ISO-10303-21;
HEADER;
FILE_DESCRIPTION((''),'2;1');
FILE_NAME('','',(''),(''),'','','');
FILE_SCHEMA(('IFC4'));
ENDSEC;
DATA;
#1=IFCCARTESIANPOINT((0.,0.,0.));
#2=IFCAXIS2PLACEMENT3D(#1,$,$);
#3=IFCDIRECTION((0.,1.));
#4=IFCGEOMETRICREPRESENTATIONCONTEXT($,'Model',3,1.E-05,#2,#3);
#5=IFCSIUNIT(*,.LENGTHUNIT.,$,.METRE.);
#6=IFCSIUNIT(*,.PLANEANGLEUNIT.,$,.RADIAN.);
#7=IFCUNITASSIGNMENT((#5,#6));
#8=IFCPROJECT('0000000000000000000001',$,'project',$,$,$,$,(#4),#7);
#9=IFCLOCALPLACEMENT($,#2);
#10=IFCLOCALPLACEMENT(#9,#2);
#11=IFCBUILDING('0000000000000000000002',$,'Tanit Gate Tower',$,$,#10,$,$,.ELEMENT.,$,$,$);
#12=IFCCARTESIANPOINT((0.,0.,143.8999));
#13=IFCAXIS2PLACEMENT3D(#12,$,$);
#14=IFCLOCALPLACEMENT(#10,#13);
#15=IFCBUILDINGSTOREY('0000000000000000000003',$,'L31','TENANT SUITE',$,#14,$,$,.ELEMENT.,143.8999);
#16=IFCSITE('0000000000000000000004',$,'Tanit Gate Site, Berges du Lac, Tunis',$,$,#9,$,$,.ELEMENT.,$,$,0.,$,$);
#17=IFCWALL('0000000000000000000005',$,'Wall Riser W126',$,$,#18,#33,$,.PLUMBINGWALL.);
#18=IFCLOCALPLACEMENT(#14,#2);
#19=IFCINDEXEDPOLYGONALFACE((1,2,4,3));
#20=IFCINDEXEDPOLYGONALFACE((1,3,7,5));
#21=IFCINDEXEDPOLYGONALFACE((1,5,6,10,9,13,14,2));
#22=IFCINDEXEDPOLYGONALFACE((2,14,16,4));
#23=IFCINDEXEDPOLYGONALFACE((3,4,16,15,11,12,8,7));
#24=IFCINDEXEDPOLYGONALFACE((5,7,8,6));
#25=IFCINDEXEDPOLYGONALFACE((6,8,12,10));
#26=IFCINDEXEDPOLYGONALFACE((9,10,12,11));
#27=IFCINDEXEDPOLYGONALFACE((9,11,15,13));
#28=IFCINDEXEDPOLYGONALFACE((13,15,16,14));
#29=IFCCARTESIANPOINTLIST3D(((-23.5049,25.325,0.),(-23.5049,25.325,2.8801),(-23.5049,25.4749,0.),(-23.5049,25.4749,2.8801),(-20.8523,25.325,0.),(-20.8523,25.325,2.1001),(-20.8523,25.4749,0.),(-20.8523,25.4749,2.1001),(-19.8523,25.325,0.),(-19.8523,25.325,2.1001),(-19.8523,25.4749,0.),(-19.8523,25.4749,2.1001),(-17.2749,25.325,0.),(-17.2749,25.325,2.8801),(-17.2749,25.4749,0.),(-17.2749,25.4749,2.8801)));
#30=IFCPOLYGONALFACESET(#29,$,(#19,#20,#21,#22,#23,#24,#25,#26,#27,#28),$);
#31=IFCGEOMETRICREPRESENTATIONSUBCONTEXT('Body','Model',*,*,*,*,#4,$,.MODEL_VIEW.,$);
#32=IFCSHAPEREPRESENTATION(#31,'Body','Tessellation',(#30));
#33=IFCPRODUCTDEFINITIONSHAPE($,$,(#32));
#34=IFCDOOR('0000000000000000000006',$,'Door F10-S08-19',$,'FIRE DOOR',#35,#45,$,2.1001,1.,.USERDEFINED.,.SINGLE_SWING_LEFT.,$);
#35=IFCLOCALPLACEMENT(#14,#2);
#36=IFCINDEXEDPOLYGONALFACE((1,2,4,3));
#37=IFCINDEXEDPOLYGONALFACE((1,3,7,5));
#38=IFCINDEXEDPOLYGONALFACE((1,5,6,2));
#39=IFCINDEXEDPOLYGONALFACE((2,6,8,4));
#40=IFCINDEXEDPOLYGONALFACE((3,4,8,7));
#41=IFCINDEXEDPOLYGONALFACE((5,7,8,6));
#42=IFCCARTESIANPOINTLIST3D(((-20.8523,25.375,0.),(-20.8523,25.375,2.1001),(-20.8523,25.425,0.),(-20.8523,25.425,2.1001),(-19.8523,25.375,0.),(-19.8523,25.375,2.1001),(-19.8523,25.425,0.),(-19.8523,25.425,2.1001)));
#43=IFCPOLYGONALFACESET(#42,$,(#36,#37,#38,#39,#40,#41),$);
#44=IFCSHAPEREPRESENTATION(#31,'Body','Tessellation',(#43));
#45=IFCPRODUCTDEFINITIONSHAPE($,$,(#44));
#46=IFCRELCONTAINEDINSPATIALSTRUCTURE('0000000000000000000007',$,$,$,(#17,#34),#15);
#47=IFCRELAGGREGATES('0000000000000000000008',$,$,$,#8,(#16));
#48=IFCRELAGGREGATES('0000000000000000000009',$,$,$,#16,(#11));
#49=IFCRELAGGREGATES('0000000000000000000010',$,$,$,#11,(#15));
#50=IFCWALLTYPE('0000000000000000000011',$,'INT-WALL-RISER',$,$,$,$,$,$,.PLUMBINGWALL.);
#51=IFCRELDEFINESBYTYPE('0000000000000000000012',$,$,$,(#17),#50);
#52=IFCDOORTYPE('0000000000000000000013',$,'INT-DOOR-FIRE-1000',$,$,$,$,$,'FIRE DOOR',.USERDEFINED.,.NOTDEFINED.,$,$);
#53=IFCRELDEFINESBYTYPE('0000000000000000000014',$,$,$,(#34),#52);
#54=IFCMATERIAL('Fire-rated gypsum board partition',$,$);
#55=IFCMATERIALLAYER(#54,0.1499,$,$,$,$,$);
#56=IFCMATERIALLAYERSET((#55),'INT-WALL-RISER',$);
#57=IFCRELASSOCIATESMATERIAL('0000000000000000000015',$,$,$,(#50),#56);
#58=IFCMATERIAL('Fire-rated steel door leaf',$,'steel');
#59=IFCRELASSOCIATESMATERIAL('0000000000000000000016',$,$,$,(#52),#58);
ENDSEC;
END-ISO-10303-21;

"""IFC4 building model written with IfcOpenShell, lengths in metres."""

from ifc_helpers import new_model, si_unit, direction, frame, frame_2d, origin, place, context, subcontext, project, spatial, rectangle, extrude, material, layer, layer_set, type_object, element, fill, save


model = new_model("IFC4")

# Units and contexts
model_context = context("Model", 3, precision=1e-05, world=origin(), true_north=direction((0.0, 1.0)))
body_context = subcontext(model_context, "Body", "Model", "MODEL_VIEW")
ifc_project = project(units=[si_unit("LENGTHUNIT", "METRE"), si_unit("PLANEANGLEUNIT", "RADIAN")], contexts=[model_context])

# Site, building, storey
site_placement = place(None, origin())
site = spatial("IfcSite", under=ifc_project, at=site_placement, Name="Tanit Gate Site, Berges du Lac, Tunis", CompositionType="ELEMENT", RefElevation=0.0)
building_placement = place(site_placement, origin())
building = spatial("IfcBuilding", under=site, at=building_placement, Name="Tanit Gate Tower", CompositionType="ELEMENT")
storey_placement = place(building_placement, frame((0.0, 0.0, 143.8999)))
storey = spatial("IfcBuildingStorey", under=building, at=storey_placement, Name="L31", Description="TENANT SUITE", CompositionType="ELEMENT", Elevation=143.8999)

# Shared definitions
ifc_material_1 = material(Name="Fire-rated gypsum board partition")
ifc_layer_1 = layer(ifc_material_1, 0.1499)
ifc_layer_set_1 = layer_set([ifc_layer_1], Name="INT-WALL-RISER")
wall_type_1 = type_object("IfcWallType", Name="INT-WALL-RISER", PredefinedType="PLUMBINGWALL", material=ifc_layer_set_1)

# Wall, opening, door
wall_1_placement = place(storey_placement, frame((-17.2749, 25.3999, 0.0), z_axis=(0.0, 0.0, 1.0), x_axis=(-1.0, 0.0, 0.0)))
wall_1 = element("IfcWall", 1, at=wall_1_placement, inside=storey, type_object=wall_type_1, Name="Wall Riser W126", PredefinedType="PLUMBINGWALL", context=body_context, shape_type="SweptSolid", body=[
    extrude(rectangle(XDim=6.23, YDim=0.1499, at=frame_2d((3.115, 0.0))), origin(), (0.0, 0.0, 1.0), 2.8801),
])
opening_1_placement = place(wall_1_placement, frame((2.5774, 0.0, 0.0)))
opening_1 = element("IfcOpeningElement", 2, at=opening_1_placement, cuts=wall_1, PredefinedType="OPENING", context=body_context, shape_type="SweptSolid", body=[
    extrude(rectangle(XDim=1.0, YDim=2.1001, at=frame_2d((0.5, 1.05))), frame((0.0, 0.085, 0.0), z_axis=(0.0, -1.0, 0.0), x_axis=(1.0, 0.0, 0.0)), (0.0, 0.0, 1.0), 0.1699),
])
ifc_material_2 = material(Name="Fire-rated steel door leaf", Category="steel")
door_type_1 = type_object("IfcDoorType", Name="INT-DOOR-FIRE-1000", ElementType="FIRE DOOR", OperationType="NOTDEFINED", PredefinedType="USERDEFINED", material=ifc_material_2)
door_1_placement = place(opening_1_placement, origin())
door_1 = element("IfcDoor", 3, at=door_1_placement, inside=storey, type_object=door_type_1, Name="Door F10-S08-19", ObjectType="FIRE DOOR", OperationType="SINGLE_SWING_LEFT", OverallHeight=2.1001, OverallWidth=1.0, PredefinedType="USERDEFINED", context=body_context, shape_type="SweptSolid", body=[
    extrude(rectangle(XDim=1.0, YDim=2.1001, at=frame_2d((0.5, 1.05))), frame((0.0, 0.0249, 0.0), z_axis=(0.0, -1.0, 0.0), x_axis=(1.0, 0.0, 0.0)), (0.0, 0.0, 1.0), 0.05),
])
fill(opening_1, door_1)

save(model, "model.ifc")
